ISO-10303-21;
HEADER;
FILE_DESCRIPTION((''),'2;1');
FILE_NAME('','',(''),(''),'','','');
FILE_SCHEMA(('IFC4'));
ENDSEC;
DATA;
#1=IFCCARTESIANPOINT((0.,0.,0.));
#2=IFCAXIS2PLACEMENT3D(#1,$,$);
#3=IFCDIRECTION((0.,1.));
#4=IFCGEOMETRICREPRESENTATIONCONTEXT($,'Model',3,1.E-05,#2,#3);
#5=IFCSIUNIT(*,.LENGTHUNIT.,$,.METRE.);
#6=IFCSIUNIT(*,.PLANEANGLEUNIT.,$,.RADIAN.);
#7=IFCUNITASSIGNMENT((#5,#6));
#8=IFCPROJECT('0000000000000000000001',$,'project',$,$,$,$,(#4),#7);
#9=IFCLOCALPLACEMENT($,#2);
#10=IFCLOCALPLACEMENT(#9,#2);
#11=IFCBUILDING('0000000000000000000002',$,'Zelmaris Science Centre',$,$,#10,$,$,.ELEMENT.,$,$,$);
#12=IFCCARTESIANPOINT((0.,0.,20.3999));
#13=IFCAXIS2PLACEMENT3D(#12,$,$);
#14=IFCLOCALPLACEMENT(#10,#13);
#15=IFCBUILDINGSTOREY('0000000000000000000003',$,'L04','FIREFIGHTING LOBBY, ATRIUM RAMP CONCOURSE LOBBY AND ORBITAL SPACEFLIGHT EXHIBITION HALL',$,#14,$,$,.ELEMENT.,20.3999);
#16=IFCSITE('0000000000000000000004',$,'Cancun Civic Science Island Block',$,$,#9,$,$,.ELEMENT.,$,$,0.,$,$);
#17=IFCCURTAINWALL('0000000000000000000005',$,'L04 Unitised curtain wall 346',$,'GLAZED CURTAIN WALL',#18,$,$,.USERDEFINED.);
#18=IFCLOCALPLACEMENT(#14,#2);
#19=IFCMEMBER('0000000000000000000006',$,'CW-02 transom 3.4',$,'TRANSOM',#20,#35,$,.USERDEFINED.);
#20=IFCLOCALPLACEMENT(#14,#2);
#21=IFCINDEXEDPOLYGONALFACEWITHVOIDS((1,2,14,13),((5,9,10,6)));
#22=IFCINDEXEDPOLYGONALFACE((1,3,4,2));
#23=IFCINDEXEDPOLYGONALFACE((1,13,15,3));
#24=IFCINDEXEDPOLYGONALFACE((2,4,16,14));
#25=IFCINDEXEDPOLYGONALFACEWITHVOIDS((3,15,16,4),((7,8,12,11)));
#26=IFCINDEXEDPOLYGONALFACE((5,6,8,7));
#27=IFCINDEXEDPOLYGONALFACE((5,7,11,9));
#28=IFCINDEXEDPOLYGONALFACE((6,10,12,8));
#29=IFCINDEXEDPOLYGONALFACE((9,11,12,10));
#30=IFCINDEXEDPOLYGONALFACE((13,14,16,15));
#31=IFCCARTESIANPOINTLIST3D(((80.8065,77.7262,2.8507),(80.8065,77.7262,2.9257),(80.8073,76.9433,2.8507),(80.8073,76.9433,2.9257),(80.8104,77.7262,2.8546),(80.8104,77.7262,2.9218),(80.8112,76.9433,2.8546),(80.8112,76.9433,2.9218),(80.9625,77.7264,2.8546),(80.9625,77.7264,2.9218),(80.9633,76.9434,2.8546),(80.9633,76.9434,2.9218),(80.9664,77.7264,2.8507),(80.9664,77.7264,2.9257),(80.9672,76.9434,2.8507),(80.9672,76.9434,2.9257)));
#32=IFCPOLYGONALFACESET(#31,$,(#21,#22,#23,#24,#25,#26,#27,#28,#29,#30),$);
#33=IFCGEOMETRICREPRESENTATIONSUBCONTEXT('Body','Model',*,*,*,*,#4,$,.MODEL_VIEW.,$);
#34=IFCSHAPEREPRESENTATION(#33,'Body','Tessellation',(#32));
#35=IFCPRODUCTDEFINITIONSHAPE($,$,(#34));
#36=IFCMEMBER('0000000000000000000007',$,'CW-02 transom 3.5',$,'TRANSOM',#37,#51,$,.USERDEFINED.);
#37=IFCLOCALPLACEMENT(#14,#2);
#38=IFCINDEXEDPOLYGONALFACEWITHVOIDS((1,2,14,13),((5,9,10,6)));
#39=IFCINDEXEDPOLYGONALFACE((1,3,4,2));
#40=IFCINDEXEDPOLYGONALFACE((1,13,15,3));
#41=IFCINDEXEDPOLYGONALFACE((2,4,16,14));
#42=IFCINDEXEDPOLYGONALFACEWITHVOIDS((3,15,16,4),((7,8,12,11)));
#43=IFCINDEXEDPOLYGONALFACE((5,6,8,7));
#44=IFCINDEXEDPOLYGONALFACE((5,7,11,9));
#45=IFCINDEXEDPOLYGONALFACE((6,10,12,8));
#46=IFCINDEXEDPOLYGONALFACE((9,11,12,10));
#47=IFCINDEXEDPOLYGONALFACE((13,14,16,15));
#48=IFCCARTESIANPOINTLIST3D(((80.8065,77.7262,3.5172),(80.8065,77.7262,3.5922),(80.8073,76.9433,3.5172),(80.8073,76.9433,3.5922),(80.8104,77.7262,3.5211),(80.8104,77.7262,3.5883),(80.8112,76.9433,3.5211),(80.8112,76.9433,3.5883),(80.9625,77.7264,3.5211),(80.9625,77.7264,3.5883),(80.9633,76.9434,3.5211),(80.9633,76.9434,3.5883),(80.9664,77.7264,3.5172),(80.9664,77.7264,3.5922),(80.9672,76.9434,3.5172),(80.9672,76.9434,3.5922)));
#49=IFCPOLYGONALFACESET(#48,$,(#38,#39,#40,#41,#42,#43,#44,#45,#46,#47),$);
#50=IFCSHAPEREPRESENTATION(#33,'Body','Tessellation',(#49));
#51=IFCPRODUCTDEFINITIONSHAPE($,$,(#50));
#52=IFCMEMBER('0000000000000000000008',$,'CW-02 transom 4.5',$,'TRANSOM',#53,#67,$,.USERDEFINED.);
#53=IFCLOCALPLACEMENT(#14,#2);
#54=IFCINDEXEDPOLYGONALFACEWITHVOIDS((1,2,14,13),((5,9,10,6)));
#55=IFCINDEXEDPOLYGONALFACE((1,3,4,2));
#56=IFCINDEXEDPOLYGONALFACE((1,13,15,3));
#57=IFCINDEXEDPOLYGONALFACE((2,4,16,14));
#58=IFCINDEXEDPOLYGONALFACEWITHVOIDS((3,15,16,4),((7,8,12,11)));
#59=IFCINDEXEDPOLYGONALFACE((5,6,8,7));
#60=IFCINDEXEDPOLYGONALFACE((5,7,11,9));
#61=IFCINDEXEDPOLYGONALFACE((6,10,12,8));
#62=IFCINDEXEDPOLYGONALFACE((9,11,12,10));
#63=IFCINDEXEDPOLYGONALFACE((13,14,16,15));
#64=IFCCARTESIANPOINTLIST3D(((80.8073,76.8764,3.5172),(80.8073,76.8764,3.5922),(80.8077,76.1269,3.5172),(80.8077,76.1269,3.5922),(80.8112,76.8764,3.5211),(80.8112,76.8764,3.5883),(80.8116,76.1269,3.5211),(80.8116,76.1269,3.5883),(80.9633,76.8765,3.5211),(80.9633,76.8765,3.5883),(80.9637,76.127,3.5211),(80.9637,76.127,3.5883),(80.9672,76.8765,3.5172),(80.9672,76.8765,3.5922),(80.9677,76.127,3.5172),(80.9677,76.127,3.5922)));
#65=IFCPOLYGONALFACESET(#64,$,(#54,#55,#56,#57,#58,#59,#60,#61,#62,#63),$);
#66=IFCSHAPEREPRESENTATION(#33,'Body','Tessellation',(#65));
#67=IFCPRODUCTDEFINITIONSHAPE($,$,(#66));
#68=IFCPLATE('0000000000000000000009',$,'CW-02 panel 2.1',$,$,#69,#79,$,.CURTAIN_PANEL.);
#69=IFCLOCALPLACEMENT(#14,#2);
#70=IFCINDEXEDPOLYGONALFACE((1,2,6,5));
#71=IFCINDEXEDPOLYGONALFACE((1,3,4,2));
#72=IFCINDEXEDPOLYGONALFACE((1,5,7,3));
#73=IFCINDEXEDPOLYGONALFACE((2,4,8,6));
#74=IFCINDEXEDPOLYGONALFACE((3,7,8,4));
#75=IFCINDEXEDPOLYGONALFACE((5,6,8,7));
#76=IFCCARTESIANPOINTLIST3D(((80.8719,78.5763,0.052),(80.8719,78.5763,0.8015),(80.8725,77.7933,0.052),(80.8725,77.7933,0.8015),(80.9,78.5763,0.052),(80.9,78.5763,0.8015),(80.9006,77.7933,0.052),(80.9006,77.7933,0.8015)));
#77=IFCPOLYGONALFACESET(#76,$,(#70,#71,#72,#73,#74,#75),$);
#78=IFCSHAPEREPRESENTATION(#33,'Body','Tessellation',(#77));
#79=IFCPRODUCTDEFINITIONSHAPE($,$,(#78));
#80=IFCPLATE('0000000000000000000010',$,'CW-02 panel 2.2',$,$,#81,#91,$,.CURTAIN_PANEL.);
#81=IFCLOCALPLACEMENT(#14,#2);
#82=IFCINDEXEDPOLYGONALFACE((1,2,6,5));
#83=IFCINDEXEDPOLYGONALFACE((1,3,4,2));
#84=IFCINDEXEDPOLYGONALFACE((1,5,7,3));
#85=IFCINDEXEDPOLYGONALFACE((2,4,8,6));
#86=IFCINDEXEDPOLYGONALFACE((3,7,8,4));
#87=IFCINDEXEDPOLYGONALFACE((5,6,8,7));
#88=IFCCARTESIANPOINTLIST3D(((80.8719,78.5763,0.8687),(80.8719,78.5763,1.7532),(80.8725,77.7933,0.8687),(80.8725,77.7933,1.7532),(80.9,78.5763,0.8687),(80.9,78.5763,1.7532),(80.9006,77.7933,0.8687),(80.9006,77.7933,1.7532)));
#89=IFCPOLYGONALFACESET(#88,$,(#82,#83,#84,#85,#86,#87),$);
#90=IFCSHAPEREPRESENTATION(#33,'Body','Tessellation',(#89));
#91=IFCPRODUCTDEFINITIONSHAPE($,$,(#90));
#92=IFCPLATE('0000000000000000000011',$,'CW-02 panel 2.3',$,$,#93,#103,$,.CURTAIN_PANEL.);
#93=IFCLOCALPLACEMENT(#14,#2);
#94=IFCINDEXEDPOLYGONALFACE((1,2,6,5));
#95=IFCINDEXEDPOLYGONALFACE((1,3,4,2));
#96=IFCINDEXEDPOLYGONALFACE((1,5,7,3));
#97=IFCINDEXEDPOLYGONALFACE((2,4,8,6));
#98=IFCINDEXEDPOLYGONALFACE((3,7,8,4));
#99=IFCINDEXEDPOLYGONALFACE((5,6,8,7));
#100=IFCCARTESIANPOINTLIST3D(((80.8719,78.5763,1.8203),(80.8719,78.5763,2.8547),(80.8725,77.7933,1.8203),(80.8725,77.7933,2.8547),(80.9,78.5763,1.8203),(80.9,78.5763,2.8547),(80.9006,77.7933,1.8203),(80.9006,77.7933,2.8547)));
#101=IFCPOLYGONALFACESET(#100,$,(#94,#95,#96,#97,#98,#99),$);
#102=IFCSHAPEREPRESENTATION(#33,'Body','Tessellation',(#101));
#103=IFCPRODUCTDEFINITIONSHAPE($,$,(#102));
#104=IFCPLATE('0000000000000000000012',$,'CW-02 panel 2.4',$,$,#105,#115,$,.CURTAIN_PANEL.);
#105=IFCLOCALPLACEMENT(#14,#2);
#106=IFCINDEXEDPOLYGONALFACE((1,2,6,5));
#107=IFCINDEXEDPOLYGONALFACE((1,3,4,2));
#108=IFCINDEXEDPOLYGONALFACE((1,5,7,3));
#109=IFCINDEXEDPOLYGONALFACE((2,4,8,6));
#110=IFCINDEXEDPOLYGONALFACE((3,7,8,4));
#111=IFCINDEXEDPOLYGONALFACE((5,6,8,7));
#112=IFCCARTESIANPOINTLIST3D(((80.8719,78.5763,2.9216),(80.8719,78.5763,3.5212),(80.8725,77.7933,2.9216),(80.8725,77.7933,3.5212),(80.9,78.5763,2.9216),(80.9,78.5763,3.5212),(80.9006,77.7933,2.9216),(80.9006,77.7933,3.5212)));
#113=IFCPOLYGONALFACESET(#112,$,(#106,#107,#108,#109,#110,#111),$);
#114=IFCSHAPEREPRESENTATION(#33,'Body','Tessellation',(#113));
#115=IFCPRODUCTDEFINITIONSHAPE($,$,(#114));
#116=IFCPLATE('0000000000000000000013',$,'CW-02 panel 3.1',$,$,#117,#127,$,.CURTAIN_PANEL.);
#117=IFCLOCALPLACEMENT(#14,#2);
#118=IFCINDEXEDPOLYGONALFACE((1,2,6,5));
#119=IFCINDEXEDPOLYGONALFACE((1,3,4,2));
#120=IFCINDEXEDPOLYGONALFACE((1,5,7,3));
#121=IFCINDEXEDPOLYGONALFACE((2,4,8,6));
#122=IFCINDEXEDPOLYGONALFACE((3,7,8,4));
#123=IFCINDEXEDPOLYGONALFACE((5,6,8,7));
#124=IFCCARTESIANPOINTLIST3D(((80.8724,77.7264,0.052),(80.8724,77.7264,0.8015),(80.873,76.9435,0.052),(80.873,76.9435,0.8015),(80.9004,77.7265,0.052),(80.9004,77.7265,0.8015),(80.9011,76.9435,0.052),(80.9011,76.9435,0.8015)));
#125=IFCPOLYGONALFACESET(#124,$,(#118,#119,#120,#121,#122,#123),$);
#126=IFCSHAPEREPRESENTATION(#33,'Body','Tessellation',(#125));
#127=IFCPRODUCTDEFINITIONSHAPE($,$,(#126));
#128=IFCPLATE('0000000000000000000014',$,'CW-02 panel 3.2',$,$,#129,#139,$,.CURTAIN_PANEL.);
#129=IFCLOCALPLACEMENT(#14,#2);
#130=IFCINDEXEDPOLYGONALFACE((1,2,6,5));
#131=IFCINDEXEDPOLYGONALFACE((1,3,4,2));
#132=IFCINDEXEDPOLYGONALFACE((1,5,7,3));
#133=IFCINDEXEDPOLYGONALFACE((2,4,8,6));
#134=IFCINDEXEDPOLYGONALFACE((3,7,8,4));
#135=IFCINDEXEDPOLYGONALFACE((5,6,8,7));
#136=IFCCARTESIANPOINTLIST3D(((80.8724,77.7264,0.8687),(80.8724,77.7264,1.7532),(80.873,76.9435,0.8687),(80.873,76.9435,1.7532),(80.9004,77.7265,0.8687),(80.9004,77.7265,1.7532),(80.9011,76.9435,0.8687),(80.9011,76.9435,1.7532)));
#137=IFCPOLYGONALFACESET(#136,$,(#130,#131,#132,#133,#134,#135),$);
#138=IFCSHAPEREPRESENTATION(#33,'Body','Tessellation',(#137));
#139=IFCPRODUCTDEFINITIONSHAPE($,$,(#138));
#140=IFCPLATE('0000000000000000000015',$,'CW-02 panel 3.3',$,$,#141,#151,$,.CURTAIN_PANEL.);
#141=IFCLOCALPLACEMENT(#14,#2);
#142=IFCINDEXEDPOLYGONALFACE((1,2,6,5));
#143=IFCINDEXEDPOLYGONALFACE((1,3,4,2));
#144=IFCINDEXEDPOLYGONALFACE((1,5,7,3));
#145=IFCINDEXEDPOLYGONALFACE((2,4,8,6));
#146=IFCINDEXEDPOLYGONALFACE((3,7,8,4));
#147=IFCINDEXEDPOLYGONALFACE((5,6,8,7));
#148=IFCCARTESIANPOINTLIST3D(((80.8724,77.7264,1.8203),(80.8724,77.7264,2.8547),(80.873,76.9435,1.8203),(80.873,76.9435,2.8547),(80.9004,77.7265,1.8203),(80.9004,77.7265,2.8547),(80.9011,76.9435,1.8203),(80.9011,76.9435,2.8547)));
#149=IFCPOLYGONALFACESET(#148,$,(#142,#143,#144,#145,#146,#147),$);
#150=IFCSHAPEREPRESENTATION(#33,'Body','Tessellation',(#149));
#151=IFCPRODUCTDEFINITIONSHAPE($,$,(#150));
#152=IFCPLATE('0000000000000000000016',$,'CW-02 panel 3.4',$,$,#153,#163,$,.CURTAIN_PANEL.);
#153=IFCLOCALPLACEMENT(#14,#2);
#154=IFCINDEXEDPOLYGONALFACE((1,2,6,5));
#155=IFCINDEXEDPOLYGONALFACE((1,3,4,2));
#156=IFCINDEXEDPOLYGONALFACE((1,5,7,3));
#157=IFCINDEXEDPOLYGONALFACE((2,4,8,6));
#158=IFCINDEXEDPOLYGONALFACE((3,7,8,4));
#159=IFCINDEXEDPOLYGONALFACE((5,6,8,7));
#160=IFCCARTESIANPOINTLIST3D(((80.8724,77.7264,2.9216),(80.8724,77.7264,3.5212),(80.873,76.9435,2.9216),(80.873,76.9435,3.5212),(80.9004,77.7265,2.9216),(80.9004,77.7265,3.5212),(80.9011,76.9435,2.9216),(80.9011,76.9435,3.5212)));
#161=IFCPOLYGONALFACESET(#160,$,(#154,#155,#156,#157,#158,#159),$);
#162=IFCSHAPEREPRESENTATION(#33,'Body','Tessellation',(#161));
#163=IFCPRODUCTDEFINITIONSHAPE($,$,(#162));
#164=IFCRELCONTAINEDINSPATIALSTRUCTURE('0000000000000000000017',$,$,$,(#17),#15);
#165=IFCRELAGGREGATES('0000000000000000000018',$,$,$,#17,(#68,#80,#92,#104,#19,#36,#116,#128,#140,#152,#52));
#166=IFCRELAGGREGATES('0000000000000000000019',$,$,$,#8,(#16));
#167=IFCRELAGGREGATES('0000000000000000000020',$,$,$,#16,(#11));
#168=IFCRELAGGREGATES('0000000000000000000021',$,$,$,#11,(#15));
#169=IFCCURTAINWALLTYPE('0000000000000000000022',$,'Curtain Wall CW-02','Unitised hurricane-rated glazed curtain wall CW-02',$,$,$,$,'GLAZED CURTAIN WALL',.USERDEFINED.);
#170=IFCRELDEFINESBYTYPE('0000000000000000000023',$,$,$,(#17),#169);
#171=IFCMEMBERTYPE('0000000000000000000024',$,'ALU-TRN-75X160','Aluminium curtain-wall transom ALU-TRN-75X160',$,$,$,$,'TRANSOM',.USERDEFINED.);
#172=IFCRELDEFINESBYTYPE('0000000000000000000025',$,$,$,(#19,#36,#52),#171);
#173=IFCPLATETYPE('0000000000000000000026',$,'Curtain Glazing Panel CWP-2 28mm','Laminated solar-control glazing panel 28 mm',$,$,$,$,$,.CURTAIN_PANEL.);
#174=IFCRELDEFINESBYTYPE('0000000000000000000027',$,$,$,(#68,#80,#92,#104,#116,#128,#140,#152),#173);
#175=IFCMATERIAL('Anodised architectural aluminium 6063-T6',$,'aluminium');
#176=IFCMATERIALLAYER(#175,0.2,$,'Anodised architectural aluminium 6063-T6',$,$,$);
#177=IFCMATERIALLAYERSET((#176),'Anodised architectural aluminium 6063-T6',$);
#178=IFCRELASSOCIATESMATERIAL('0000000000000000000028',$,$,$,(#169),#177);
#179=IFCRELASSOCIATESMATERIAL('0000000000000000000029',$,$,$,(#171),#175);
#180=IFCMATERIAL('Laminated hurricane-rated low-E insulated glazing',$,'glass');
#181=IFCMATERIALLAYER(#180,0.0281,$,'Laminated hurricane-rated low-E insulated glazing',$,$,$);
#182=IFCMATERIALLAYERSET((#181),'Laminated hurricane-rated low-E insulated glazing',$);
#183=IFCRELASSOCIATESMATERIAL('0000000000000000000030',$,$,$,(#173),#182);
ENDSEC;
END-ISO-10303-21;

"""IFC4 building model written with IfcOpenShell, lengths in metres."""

from ifc_helpers import new_model, si_unit, direction, frame, origin, origin_2d, place, context, subcontext, project, spatial, rectangle, hollow_rectangle, extrude, material, layer, layer_set, material_profile, profile_set, type_object, element, aggregate, save


model = new_model("IFC4")

# Units and contexts
model_context = context("Model", 3, precision=1e-05, world=origin(), true_north=direction((0.0, 1.0)))
body_context = subcontext(model_context, "Body", "Model", "MODEL_VIEW")
ifc_project = project(units=[si_unit("LENGTHUNIT", "METRE"), si_unit("PLANEANGLEUNIT", "RADIAN")], contexts=[model_context])

# Site, building, storey
site_placement = place(None, origin())
site = spatial("IfcSite", under=ifc_project, at=site_placement, Name="Cancun Civic Science Island Block", CompositionType="ELEMENT", RefElevation=0.0)
building_placement = place(site_placement, origin())
building = spatial("IfcBuilding", under=site, at=building_placement, Name="Zelmaris Science Centre", CompositionType="ELEMENT")
storey_placement = place(building_placement, frame((0.0, 0.0, 20.3999)))
storey = spatial("IfcBuildingStorey", under=building, at=storey_placement, Name="L04", Description="FIREFIGHTING LOBBY, ATRIUM RAMP CONCOURSE LOBBY AND ORBITAL SPACEFLIGHT EXHIBITION HALL", CompositionType="ELEMENT", Elevation=20.3999)

# Curtain wall, members, plates
ifc_material_1 = material(Name="Anodised architectural aluminium 6063-T6", Category="aluminium")
ifc_layer_1 = layer(ifc_material_1, 0.2, Name="Anodised architectural aluminium 6063-T6")
ifc_layer_set_1 = layer_set([ifc_layer_1], Name="Anodised architectural aluminium 6063-T6")
curtain_wall_type = type_object("IfcCurtainWallType", Name="Curtain Wall CW-02", Description="Unitised hurricane-rated glazed curtain wall CW-02", ElementType="GLAZED CURTAIN WALL", PredefinedType="USERDEFINED", material=ifc_layer_set_1)
curtain_wall_placement = place(storey_placement, origin())
curtain_wall = element("IfcCurtainWall", 1, at=curtain_wall_placement, inside=storey, type_object=curtain_wall_type, Name="L04 Unitised curtain wall 346", ObjectType="GLAZED CURTAIN WALL", PredefinedType="USERDEFINED")
ifc_material_profile_1 = material_profile(ifc_material_1, hollow_rectangle(XDim=0.075, YDim=0.1599, WallThickness=0.0039, at=origin_2d()), Name="ALU-TRN-75X160")
ifc_profile_set_1 = profile_set([ifc_material_profile_1], Name="Anodised architectural aluminium 6063-T6")
member_type_1 = type_object("IfcMemberType", Name="ALU-TRN-75X160", Description="Aluminium curtain-wall transom ALU-TRN-75X160", ElementType="TRANSOM", PredefinedType="USERDEFINED", material=ifc_profile_set_1)
member_1_placement = place(storey_placement, frame((80.8865, 77.7263, 2.8882), z_axis=(0.000935, -1.0, 0.0), x_axis=(0.0, 0.0, 1.0)))
member_1 = element("IfcMember", 2, at=member_1_placement, type_object=member_type_1, Name="CW-02 transom 3.4", ObjectType="TRANSOM", PredefinedType="USERDEFINED", context=body_context, shape_type="SweptSolid", body=[
    extrude(hollow_rectangle(XDim=0.075, YDim=0.1599, WallThickness=0.0039, at=origin_2d()), origin(), (0.0, 0.0, 1.0), 0.783),
])
member_2_placement = place(storey_placement, frame((80.8865, 77.7263, 3.5547), z_axis=(0.000935, -1.0, 0.0), x_axis=(0.0, 0.0, 1.0)))
member_2 = element("IfcMember", 3, at=member_2_placement, type_object=member_type_1, Name="CW-02 transom 3.5", ObjectType="TRANSOM", PredefinedType="USERDEFINED", context=body_context, shape_type="SweptSolid", body=[
    extrude(hollow_rectangle(XDim=0.075, YDim=0.1599, WallThickness=0.0039, at=origin_2d()), origin(), (0.0, 0.0, 1.0), 0.783),
])
member_3_placement = place(storey_placement, frame((80.8872, 76.8765, 3.5547), z_axis=(0.000651, -1.0, 0.0), x_axis=(0.0, 0.0, 1.0)))
member_3 = element("IfcMember", 4, at=member_3_placement, type_object=member_type_1, Name="CW-02 transom 4.5", ObjectType="TRANSOM", PredefinedType="USERDEFINED", context=body_context, shape_type="SweptSolid", body=[
    extrude(hollow_rectangle(XDim=0.075, YDim=0.1599, WallThickness=0.0039, at=origin_2d()), origin(), (0.0, 0.0, 1.0), 0.7495),
])
ifc_material_2 = material(Name="Laminated hurricane-rated low-E insulated glazing", Category="glass")
ifc_layer_2 = layer(ifc_material_2, 0.0281, Name="Laminated hurricane-rated low-E insulated glazing")
ifc_layer_set_2 = layer_set([ifc_layer_2], Name="Laminated hurricane-rated low-E insulated glazing")
plate_type = type_object("IfcPlateType", Name="Curtain Glazing Panel CWP-2 28mm", Description="Laminated solar-control glazing panel 28 mm", PredefinedType="CURTAIN_PANEL", material=ifc_layer_set_2)
plate_1_placement = place(storey_placement, frame((80.8862, 78.1848, 0.052), z_axis=(0.0, 0.0, 1.0), x_axis=(0.000794, -1.0, 0.0)))
plate_1 = element("IfcPlate", 5, at=plate_1_placement, type_object=plate_type, Name="CW-02 panel 2.1", PredefinedType="CURTAIN_PANEL", context=body_context, shape_type="SweptSolid", body=[
    extrude(rectangle(XDim=0.783, YDim=0.0281, at=origin_2d()), origin(), (0.0, 0.0, 1.0), 0.7495),
])
plate_2_placement = place(storey_placement, frame((80.8862, 78.1848, 0.8687), z_axis=(0.0, 0.0, 1.0), x_axis=(0.000794, -1.0, 0.0)))
plate_2 = element("IfcPlate", 6, at=plate_2_placement, type_object=plate_type, Name="CW-02 panel 2.2", PredefinedType="CURTAIN_PANEL", context=body_context, shape_type="SweptSolid", body=[
    extrude(rectangle(XDim=0.783, YDim=0.0281, at=origin_2d()), origin(), (0.0, 0.0, 1.0), 0.8845),
])
plate_3_placement = place(storey_placement, frame((80.8862, 78.1848, 1.8203), z_axis=(0.0, 0.0, 1.0), x_axis=(0.000794, -1.0, 0.0)))
plate_3 = element("IfcPlate", 7, at=plate_3_placement, type_object=plate_type, Name="CW-02 panel 2.3", PredefinedType="CURTAIN_PANEL", context=body_context, shape_type="SweptSolid", body=[
    extrude(rectangle(XDim=0.783, YDim=0.0281, at=origin_2d()), origin(), (0.0, 0.0, 1.0), 1.0344),
])
plate_4_placement = place(storey_placement, frame((80.8862, 78.1848, 2.9216), z_axis=(0.0, 0.0, 1.0), x_axis=(0.000794, -1.0, 0.0)))
plate_4 = element("IfcPlate", 8, at=plate_4_placement, type_object=plate_type, Name="CW-02 panel 2.4", PredefinedType="CURTAIN_PANEL", context=body_context, shape_type="SweptSolid", body=[
    extrude(rectangle(XDim=0.783, YDim=0.0281, at=origin_2d()), origin(), (0.0, 0.0, 1.0), 0.5996),
])
plate_5_placement = place(storey_placement, frame((80.8867, 77.335, 0.052), z_axis=(0.0, 0.0, 1.0), x_axis=(0.000794, -1.0, 0.0)))
plate_5 = element("IfcPlate", 9, at=plate_5_placement, type_object=plate_type, Name="CW-02 panel 3.1", PredefinedType="CURTAIN_PANEL", context=body_context, shape_type="SweptSolid", body=[
    extrude(rectangle(XDim=0.783, YDim=0.0281, at=origin_2d()), origin(), (0.0, 0.0, 1.0), 0.7495),
])
plate_6_placement = place(storey_placement, frame((80.8867, 77.335, 0.8687), z_axis=(0.0, 0.0, 1.0), x_axis=(0.000794, -1.0, 0.0)))
plate_6 = element("IfcPlate", 10, at=plate_6_placement, type_object=plate_type, Name="CW-02 panel 3.2", PredefinedType="CURTAIN_PANEL", context=body_context, shape_type="SweptSolid", body=[
    extrude(rectangle(XDim=0.783, YDim=0.0281, at=origin_2d()), origin(), (0.0, 0.0, 1.0), 0.8845),
])
plate_7_placement = place(storey_placement, frame((80.8867, 77.335, 1.8203), z_axis=(0.0, 0.0, 1.0), x_axis=(0.000794, -1.0, 0.0)))
plate_7 = element("IfcPlate", 11, at=plate_7_placement, type_object=plate_type, Name="CW-02 panel 3.3", PredefinedType="CURTAIN_PANEL", context=body_context, shape_type="SweptSolid", body=[
    extrude(rectangle(XDim=0.783, YDim=0.0281, at=origin_2d()), origin(), (0.0, 0.0, 1.0), 1.0344),
])
plate_8_placement = place(storey_placement, frame((80.8867, 77.335, 2.9216), z_axis=(0.0, 0.0, 1.0), x_axis=(0.000794, -1.0, 0.0)))
plate_8 = element("IfcPlate", 12, at=plate_8_placement, type_object=plate_type, Name="CW-02 panel 3.4", PredefinedType="CURTAIN_PANEL", context=body_context, shape_type="SweptSolid", body=[
    extrude(rectangle(XDim=0.783, YDim=0.0281, at=origin_2d()), origin(), (0.0, 0.0, 1.0), 0.5996),
])
aggregate(curtain_wall, [plate_1, plate_2, plate_3, plate_4, member_1, member_2, plate_5, plate_6, plate_7, plate_8, member_3])

save(model, "model.ifc")
